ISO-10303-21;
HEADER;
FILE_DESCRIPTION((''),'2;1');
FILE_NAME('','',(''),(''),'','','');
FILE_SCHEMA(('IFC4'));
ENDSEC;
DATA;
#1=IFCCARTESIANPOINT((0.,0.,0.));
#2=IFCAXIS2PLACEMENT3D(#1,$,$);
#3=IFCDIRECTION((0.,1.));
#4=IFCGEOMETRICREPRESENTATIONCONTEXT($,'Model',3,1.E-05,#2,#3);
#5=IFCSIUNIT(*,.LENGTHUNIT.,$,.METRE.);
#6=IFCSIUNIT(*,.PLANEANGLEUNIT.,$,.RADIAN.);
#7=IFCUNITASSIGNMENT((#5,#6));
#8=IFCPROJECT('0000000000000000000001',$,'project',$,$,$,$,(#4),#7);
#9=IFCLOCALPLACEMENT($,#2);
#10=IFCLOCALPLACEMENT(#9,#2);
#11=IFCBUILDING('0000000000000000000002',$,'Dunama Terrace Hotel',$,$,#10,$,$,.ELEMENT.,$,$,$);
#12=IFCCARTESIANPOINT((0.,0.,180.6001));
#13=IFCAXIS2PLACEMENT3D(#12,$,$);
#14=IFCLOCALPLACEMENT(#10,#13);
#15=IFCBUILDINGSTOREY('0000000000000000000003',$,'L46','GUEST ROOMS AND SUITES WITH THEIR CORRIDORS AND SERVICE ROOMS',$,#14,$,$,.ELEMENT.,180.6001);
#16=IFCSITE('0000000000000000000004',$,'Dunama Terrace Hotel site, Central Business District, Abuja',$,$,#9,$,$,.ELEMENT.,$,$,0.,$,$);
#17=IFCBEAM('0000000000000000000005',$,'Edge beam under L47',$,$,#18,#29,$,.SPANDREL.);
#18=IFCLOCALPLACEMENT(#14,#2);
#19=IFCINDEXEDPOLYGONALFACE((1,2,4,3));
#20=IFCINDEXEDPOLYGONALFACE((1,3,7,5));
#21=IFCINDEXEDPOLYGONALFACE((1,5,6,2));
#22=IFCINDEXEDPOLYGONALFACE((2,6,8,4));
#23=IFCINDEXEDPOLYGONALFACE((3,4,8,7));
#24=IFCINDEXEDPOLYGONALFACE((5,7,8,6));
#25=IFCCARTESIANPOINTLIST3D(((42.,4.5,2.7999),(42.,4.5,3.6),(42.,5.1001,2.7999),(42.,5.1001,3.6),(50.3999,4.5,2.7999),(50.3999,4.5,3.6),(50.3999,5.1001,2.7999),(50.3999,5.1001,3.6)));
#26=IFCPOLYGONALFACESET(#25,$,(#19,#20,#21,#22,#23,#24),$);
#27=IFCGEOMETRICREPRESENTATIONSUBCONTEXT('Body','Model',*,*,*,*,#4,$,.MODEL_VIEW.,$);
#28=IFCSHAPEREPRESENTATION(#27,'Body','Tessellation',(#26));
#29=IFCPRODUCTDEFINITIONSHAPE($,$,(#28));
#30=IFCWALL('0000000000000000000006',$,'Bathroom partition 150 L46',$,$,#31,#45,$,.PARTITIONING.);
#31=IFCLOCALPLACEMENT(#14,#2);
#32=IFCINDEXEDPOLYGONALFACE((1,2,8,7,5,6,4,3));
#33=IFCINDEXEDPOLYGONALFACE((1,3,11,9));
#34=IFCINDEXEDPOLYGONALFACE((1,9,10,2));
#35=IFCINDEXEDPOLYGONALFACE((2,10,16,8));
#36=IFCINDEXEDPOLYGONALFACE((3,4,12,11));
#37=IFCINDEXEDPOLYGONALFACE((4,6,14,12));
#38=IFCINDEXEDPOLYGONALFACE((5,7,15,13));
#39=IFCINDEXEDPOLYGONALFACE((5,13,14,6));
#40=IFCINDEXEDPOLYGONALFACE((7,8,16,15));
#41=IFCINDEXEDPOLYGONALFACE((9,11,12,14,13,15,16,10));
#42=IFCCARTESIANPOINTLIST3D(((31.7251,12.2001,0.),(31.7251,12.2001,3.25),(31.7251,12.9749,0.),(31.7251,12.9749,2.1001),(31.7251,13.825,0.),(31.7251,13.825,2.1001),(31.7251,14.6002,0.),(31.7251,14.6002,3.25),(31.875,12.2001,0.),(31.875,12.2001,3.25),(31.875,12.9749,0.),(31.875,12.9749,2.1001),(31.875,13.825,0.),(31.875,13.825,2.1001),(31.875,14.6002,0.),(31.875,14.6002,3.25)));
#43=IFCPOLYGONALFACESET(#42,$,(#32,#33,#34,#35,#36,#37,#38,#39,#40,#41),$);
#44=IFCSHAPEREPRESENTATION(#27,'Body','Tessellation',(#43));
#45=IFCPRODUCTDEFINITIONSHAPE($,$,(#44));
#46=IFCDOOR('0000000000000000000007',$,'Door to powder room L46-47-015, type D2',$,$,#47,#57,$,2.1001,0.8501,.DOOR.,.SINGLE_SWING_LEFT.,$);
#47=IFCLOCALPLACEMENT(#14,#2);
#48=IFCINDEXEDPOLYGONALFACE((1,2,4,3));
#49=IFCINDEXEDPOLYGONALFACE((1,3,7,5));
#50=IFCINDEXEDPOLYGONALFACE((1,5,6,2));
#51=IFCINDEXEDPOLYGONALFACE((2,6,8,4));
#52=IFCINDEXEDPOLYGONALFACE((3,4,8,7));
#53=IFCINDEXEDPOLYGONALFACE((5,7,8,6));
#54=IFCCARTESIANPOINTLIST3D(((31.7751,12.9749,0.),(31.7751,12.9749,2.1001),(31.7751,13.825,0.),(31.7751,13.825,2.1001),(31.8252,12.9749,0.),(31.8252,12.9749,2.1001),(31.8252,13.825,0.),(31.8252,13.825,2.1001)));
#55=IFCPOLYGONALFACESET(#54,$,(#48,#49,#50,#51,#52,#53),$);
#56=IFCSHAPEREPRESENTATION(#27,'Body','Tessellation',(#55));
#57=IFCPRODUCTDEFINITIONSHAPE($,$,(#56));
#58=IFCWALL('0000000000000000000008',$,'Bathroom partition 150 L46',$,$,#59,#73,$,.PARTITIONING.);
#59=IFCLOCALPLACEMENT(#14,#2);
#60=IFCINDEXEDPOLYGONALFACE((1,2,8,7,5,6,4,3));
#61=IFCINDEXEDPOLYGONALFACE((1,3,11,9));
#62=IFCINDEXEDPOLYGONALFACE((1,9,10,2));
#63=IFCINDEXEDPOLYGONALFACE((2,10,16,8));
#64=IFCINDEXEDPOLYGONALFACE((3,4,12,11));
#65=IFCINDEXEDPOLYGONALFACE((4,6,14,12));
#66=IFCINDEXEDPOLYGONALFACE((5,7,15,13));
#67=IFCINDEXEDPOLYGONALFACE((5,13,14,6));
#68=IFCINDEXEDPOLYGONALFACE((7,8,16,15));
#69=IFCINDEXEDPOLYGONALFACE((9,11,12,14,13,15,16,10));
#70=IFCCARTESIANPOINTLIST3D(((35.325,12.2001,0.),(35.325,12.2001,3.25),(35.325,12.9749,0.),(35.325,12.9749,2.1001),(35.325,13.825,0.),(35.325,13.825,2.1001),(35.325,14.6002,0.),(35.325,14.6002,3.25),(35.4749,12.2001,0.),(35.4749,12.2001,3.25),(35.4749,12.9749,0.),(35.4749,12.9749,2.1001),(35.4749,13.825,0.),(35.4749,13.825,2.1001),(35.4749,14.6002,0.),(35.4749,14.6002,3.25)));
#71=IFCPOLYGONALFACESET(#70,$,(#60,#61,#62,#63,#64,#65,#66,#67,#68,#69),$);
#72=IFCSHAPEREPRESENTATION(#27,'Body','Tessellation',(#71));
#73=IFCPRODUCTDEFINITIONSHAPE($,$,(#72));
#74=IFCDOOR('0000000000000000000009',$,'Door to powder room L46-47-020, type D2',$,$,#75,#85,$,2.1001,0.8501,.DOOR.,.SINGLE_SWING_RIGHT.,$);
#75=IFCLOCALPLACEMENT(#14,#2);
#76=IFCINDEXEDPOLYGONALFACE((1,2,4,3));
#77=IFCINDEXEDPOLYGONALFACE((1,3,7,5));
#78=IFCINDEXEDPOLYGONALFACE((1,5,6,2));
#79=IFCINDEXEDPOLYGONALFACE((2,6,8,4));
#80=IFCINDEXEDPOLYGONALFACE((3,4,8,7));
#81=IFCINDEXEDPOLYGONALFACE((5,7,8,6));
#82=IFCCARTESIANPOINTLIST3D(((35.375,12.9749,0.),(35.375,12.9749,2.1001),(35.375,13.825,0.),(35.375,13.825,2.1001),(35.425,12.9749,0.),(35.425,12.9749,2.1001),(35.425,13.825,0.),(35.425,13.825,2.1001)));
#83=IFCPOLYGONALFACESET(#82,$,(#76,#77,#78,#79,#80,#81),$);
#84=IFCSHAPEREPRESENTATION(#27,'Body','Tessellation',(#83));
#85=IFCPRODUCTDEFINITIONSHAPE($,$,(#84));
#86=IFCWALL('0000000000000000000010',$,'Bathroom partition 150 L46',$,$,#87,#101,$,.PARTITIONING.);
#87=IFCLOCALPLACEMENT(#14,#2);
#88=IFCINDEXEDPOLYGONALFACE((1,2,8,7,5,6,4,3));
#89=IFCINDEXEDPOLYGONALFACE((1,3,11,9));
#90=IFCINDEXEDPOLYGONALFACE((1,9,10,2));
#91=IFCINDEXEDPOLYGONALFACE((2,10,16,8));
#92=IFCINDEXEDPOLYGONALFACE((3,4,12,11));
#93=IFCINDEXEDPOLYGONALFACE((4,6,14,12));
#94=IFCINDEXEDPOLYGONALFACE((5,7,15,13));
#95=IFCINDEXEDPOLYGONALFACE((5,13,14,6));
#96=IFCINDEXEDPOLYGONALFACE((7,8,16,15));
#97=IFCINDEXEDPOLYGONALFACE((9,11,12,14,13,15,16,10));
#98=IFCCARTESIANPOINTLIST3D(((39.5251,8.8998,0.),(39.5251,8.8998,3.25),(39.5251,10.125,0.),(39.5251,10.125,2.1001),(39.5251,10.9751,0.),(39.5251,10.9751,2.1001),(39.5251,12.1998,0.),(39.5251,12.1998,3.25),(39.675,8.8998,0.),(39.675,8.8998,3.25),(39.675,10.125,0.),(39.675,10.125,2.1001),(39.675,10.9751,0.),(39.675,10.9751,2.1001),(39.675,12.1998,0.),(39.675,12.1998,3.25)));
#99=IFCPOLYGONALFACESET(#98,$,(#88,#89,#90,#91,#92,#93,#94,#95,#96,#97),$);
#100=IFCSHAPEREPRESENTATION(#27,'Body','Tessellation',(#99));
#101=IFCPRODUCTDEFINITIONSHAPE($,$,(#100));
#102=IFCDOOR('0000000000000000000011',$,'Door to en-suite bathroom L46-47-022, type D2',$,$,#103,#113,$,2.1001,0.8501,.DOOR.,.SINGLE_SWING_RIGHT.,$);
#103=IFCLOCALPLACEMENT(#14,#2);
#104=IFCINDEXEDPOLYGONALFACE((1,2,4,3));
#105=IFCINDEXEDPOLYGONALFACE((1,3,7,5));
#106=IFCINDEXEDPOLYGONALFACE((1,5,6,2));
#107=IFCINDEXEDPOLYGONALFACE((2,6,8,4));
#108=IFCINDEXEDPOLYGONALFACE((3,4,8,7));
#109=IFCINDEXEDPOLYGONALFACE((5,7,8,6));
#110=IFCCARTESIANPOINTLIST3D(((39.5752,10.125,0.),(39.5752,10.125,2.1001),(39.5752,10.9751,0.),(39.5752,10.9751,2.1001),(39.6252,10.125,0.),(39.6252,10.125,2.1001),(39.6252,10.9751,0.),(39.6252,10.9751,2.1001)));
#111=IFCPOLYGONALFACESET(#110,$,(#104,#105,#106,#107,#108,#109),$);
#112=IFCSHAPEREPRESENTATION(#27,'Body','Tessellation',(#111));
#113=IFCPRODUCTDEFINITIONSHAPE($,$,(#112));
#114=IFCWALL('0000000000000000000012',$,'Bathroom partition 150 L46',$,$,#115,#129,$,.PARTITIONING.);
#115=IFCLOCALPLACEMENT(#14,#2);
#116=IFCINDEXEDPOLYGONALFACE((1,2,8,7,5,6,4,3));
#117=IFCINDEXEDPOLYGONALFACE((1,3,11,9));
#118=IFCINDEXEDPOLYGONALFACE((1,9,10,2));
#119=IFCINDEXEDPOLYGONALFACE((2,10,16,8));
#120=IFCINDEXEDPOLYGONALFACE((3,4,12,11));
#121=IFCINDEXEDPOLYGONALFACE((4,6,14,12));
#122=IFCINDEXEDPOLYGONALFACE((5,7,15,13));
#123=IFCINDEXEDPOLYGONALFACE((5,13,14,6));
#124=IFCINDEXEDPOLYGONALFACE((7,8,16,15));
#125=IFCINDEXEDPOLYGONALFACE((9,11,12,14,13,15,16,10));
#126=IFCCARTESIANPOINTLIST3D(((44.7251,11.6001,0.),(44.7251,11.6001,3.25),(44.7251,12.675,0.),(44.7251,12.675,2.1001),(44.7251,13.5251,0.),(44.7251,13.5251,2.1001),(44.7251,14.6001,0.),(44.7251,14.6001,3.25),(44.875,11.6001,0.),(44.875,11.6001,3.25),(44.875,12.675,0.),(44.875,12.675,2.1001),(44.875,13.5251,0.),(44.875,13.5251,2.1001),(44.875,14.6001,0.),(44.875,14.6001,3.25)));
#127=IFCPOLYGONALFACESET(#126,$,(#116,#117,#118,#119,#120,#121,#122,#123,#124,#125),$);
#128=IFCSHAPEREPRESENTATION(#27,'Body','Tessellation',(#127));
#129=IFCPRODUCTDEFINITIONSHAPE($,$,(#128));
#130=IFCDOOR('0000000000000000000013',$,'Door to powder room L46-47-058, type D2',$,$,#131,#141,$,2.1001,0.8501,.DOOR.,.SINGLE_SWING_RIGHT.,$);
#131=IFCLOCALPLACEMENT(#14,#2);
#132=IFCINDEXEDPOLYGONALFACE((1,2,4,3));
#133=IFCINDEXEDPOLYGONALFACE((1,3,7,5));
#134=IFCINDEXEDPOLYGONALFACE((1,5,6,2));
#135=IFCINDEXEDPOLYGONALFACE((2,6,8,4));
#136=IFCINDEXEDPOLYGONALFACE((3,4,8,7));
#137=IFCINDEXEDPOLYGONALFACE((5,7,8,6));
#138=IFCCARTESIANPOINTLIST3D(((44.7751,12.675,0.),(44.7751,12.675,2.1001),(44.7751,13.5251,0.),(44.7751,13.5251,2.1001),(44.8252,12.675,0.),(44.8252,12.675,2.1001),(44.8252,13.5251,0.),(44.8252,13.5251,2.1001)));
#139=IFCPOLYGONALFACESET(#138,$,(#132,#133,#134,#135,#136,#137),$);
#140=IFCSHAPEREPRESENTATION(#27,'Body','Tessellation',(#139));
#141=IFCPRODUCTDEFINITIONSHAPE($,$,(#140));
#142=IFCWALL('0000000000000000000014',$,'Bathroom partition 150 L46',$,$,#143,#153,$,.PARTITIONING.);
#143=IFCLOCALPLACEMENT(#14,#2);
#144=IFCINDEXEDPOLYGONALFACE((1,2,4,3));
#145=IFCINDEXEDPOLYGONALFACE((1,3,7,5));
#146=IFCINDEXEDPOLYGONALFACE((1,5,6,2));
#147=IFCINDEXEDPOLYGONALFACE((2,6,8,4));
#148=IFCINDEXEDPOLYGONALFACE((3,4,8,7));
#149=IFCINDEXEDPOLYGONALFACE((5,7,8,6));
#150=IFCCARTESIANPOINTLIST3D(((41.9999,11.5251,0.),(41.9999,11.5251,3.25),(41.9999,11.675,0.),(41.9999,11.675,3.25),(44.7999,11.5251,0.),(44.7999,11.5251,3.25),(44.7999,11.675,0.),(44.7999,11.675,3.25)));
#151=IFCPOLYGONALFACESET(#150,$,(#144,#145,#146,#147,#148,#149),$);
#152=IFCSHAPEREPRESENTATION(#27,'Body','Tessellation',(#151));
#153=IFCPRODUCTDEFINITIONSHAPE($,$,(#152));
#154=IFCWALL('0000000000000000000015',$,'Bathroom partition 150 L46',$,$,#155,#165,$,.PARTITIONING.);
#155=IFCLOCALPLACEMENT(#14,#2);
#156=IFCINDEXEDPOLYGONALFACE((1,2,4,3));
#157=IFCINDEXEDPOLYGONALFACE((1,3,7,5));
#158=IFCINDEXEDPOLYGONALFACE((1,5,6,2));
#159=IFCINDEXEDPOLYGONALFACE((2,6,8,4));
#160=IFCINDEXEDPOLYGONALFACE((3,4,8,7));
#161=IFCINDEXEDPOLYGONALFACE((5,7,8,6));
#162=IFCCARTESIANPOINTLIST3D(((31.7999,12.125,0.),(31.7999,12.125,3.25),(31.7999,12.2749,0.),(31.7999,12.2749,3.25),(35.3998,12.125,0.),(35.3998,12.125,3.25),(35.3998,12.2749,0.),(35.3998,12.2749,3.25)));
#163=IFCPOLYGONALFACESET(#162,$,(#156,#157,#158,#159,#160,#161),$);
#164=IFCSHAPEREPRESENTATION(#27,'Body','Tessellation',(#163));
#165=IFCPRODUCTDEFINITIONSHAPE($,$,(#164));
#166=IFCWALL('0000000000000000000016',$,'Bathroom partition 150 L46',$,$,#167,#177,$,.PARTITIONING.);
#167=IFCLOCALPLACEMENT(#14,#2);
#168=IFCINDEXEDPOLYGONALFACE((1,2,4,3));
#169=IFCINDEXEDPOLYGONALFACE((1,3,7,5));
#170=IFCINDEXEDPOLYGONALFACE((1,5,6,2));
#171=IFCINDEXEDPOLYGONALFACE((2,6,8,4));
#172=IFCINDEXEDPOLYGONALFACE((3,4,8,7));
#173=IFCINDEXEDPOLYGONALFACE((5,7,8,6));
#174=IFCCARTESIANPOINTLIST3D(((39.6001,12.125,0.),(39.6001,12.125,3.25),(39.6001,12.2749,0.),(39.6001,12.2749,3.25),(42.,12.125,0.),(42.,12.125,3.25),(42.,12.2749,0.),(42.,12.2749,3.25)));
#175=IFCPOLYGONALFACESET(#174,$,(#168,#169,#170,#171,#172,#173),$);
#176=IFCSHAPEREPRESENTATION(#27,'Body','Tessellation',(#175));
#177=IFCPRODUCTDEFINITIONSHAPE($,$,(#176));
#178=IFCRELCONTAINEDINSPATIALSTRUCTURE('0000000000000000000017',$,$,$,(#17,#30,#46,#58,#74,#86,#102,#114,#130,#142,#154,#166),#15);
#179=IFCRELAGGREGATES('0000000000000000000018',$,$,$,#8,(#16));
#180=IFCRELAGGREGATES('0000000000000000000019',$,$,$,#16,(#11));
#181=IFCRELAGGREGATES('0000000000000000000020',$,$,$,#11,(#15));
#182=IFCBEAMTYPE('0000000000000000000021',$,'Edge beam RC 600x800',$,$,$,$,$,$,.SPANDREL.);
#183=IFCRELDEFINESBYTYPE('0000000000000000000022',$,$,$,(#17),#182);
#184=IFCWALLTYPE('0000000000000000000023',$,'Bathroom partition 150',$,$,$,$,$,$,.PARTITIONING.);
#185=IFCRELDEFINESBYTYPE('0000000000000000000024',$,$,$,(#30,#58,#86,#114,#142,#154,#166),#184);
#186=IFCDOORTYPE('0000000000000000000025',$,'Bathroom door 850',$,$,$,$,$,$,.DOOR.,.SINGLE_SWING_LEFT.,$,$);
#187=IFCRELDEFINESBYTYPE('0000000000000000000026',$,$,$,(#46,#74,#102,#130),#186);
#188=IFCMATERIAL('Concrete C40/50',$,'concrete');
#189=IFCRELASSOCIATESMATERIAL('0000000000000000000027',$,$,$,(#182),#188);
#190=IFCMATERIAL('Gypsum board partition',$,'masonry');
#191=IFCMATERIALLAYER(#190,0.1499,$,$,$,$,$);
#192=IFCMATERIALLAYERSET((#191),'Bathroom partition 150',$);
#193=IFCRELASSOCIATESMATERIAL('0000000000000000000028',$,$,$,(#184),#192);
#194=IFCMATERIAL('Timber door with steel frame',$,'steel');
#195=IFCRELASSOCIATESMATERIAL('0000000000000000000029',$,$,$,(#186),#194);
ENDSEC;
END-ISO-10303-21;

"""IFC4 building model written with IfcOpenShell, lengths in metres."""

from ifc_helpers import new_model, si_unit, direction, frame, frame_2d, origin, origin_2d, place, context, subcontext, project, spatial, rectangle, extrude, material, layer, layer_set, material_profile, profile_set, type_object, element, fill, save


model = new_model("IFC4")

# Units and contexts
model_context = context("Model", 3, precision=1e-05, world=origin(), true_north=direction((0.0, 1.0)))
body_context = subcontext(model_context, "Body", "Model", "MODEL_VIEW")
ifc_project = project(units=[si_unit("LENGTHUNIT", "METRE"), si_unit("PLANEANGLEUNIT", "RADIAN")], contexts=[model_context])

# Site, building, storey
site_placement = place(None, origin())
site = spatial("IfcSite", under=ifc_project, at=site_placement, Name="Dunama Terrace Hotel site, Central Business District, Abuja", CompositionType="ELEMENT", RefElevation=0.0)
building_placement = place(site_placement, origin())
building = spatial("IfcBuilding", under=site, at=building_placement, Name="Dunama Terrace Hotel", CompositionType="ELEMENT")
storey_placement = place(building_placement, frame((0.0, 0.0, 180.6001)))
storey = spatial("IfcBuildingStorey", under=building, at=storey_placement, Name="L46", Description="GUEST ROOMS AND SUITES WITH THEIR CORRIDORS AND SERVICE ROOMS", CompositionType="ELEMENT", Elevation=180.6001)

# Beam
ifc_material_1 = material(Name="Concrete C40/50", Category="concrete")
ifc_material_profile = material_profile(ifc_material_1, rectangle(XDim=0.6001, YDim=0.8, at=origin_2d()), Name="RC 600x800")
ifc_profile_set = profile_set([ifc_material_profile], Name="Concrete C40/50")
beam_type = type_object("IfcBeamType", Name="Edge beam RC 600x800", PredefinedType="SPANDREL", material=ifc_profile_set)
beam_placement = place(storey_placement, frame((42.0, 4.8, 3.2), z_axis=(1.0, 0.0, 0.0), x_axis=(0.0, 1.0, 0.0)))
element("IfcBeam", 1, at=beam_placement, inside=storey, type_object=beam_type, Name="Edge beam under L47", PredefinedType="SPANDREL", context=body_context, shape_type="SweptSolid", body=[
    extrude(rectangle(XDim=0.6001, YDim=0.8, at=origin_2d()), origin(), (0.0, 0.0, 1.0), 8.3999),
])

# Walls, openings, doors
ifc_material_2 = material(Name="Gypsum board partition", Category="masonry")
ifc_layer_1 = layer(ifc_material_2, 0.1499)
ifc_layer_set_1 = layer_set([ifc_layer_1], Name="Bathroom partition 150")
wall_type_1 = type_object("IfcWallType", Name="Bathroom partition 150", PredefinedType="PARTITIONING", material=ifc_layer_set_1)
wall_1_placement = place(storey_placement, frame((31.8, 12.2, 0.0), z_axis=(0.0, 0.0, 1.0), x_axis=(0.0, 1.0, 0.0)))
wall_1 = element("IfcWall", 2, at=wall_1_placement, inside=storey, type_object=wall_type_1, Name="Bathroom partition 150 L46", PredefinedType="PARTITIONING", context=body_context, shape_type="SweptSolid", body=[
    extrude(rectangle(XDim=2.4001, YDim=0.1499, at=frame_2d((1.2002, 0.0))), origin(), (0.0, 0.0, 1.0), 3.25),
])
opening_1_placement = place(wall_1_placement, frame((0.7749, 0.0, 0.0)))
opening_1 = element("IfcOpeningElement", 3, at=opening_1_placement, cuts=wall_1, PredefinedType="OPENING", context=body_context, shape_type="SweptSolid", body=[
    extrude(rectangle(XDim=0.8501, YDim=2.1001, at=frame_2d((0.425, 1.05))), frame((0.0, 0.085, 0.0), z_axis=(0.0, -1.0, 0.0), x_axis=(1.0, 0.0, 0.0)), (0.0, 0.0, 1.0), 0.1699),
])
ifc_material_3 = material(Name="Timber door with steel frame", Category="steel")
door_type_1 = type_object("IfcDoorType", Name="Bathroom door 850", OperationType="SINGLE_SWING_LEFT", PredefinedType="DOOR", material=ifc_material_3)
door_1_placement = place(opening_1_placement, frame((0.8501, 0.0, 0.0), z_axis=(0.0, 0.0, 1.0), x_axis=(-1.0, 0.0, 0.0)))
door_1 = element("IfcDoor", 4, at=door_1_placement, inside=storey, type_object=door_type_1, Name="Door to powder room L46-47-015, type D2", OperationType="SINGLE_SWING_LEFT", OverallHeight=2.1001, OverallWidth=0.8501, PredefinedType="DOOR", context=body_context, shape_type="SweptSolid", body=[
    extrude(rectangle(XDim=0.8501, YDim=2.1001, at=frame_2d((0.425, 1.05))), frame((0.0, 0.0251, 0.0), z_axis=(0.0, -1.0, 0.0), x_axis=(1.0, 0.0, 0.0)), (0.0, 0.0, 1.0), 0.05),
])
fill(opening_1, door_1)
wall_2_placement = place(storey_placement, frame((35.3999, 12.2, 0.0), z_axis=(0.0, 0.0, 1.0), x_axis=(0.0, 1.0, 0.0)))
wall_2 = element("IfcWall", 5, at=wall_2_placement, inside=storey, type_object=wall_type_1, Name="Bathroom partition 150 L46", PredefinedType="PARTITIONING", context=body_context, shape_type="SweptSolid", body=[
    extrude(rectangle(XDim=2.4001, YDim=0.1499, at=frame_2d((1.2002, 0.0))), origin(), (0.0, 0.0, 1.0), 3.25),
])
opening_2_placement = place(wall_2_placement, frame((0.7749, 0.0, 0.0)))
opening_2 = element("IfcOpeningElement", 6, at=opening_2_placement, cuts=wall_2, PredefinedType="OPENING", context=body_context, shape_type="SweptSolid", body=[
    extrude(rectangle(XDim=0.8501, YDim=2.1001, at=frame_2d((0.425, 1.05))), frame((0.0, 0.085, 0.0), z_axis=(0.0, -1.0, 0.0), x_axis=(1.0, 0.0, 0.0)), (0.0, 0.0, 1.0), 0.1699),
])
door_2_placement = place(opening_2_placement, origin())
door_2 = element("IfcDoor", 7, at=door_2_placement, inside=storey, type_object=door_type_1, Name="Door to powder room L46-47-020, type D2", OperationType="SINGLE_SWING_RIGHT", OverallHeight=2.1001, OverallWidth=0.8501, PredefinedType="DOOR", context=body_context, shape_type="SweptSolid", body=[
    extrude(rectangle(XDim=0.8501, YDim=2.1001, at=frame_2d((0.425, 1.05))), frame((0.0, 0.0249, 0.0), z_axis=(0.0, -1.0, 0.0), x_axis=(1.0, 0.0, 0.0)), (0.0, 0.0, 1.0), 0.05),
])
fill(opening_2, door_2)
wall_3_placement = place(storey_placement, frame((39.6001, 8.8999, 0.0), z_axis=(0.0, 0.0, 1.0), x_axis=(0.0, 1.0, 0.0)))
wall_3 = element("IfcWall", 8, at=wall_3_placement, inside=storey, type_object=wall_type_1, Name="Bathroom partition 150 L46", PredefinedType="PARTITIONING", context=body_context, shape_type="SweptSolid", body=[
    extrude(rectangle(XDim=3.3, YDim=0.1499, at=frame_2d((1.6499, 0.0))), origin(), (0.0, 0.0, 1.0), 3.25),
])
opening_3_placement = place(wall_3_placement, frame((1.2251, 0.0, 0.0)))
opening_3 = element("IfcOpeningElement", 9, at=opening_3_placement, cuts=wall_3, PredefinedType="OPENING", context=body_context, shape_type="SweptSolid", body=[
    extrude(rectangle(XDim=0.8501, YDim=2.1001, at=frame_2d((0.425, 1.05))), frame((0.0, 0.085, 0.0), z_axis=(0.0, -1.0, 0.0), x_axis=(1.0, 0.0, 0.0)), (0.0, 0.0, 1.0), 0.1699),
])
door_3_placement = place(opening_3_placement, frame((0.8501, 0.0, 0.0), z_axis=(0.0, 0.0, 1.0), x_axis=(-1.0, 0.0, 0.0)))
door_3 = element("IfcDoor", 10, at=door_3_placement, inside=storey, type_object=door_type_1, Name="Door to en-suite bathroom L46-47-022, type D2", OperationType="SINGLE_SWING_RIGHT", OverallHeight=2.1001, OverallWidth=0.8501, PredefinedType="DOOR", context=body_context, shape_type="SweptSolid", body=[
    extrude(rectangle(XDim=0.8501, YDim=2.1001, at=frame_2d((0.425, 1.05))), frame((0.0, 0.0251, 0.0), z_axis=(0.0, -1.0, 0.0), x_axis=(1.0, 0.0, 0.0)), (0.0, 0.0, 1.0), 0.05),
])
fill(opening_3, door_3)
wall_4_placement = place(storey_placement, frame((44.8, 11.6001, 0.0), z_axis=(0.0, 0.0, 1.0), x_axis=(0.0, 1.0, 0.0)))
wall_4 = element("IfcWall", 11, at=wall_4_placement, inside=storey, type_object=wall_type_1, Name="Bathroom partition 150 L46", PredefinedType="PARTITIONING", context=body_context, shape_type="SweptSolid", body=[
    extrude(rectangle(XDim=3.0, YDim=0.1499, at=frame_2d((1.5, 0.0))), origin(), (0.0, 0.0, 1.0), 3.25),
])
opening_4_placement = place(wall_4_placement, frame((1.075, 0.0, 0.0)))
opening_4 = element("IfcOpeningElement", 12, at=opening_4_placement, cuts=wall_4, PredefinedType="OPENING", context=body_context, shape_type="SweptSolid", body=[
    extrude(rectangle(XDim=0.8501, YDim=2.1001, at=frame_2d((0.425, 1.05))), frame((0.0, 0.085, 0.0), z_axis=(0.0, -1.0, 0.0), x_axis=(1.0, 0.0, 0.0)), (0.0, 0.0, 1.0), 0.1699),
])
door_4_placement = place(opening_4_placement, origin())
door_4 = element("IfcDoor", 13, at=door_4_placement, inside=storey, type_object=door_type_1, Name="Door to powder room L46-47-058, type D2", OperationType="SINGLE_SWING_RIGHT", OverallHeight=2.1001, OverallWidth=0.8501, PredefinedType="DOOR", context=body_context, shape_type="SweptSolid", body=[
    extrude(rectangle(XDim=0.8501, YDim=2.1001, at=frame_2d((0.425, 1.05))), frame((0.0, 0.0249, 0.0), z_axis=(0.0, -1.0, 0.0), x_axis=(1.0, 0.0, 0.0)), (0.0, 0.0, 1.0), 0.05),
])
fill(opening_4, door_4)

# Walls
wall_5_placement = place(storey_placement, frame((42.0, 11.6001, 0.0), z_axis=(0.0, 0.0, 1.0), x_axis=(1.0, 0.0, 0.0)))
element("IfcWall", 14, at=wall_5_placement, inside=storey, type_object=wall_type_1, Name="Bathroom partition 150 L46", PredefinedType="PARTITIONING", context=body_context, shape_type="SweptSolid", body=[
    extrude(rectangle(XDim=2.8, YDim=0.1499, at=frame_2d((1.3999, 0.0))), origin(), (0.0, 0.0, 1.0), 3.25),
])
wall_6_placement = place(storey_placement, frame((31.8, 12.2, 0.0), z_axis=(0.0, 0.0, 1.0), x_axis=(1.0, 0.0, 0.0)))
element("IfcWall", 15, at=wall_6_placement, inside=storey, type_object=wall_type_1, Name="Bathroom partition 150 L46", PredefinedType="PARTITIONING", context=body_context, shape_type="SweptSolid", body=[
    extrude(rectangle(XDim=3.5999, YDim=0.1499, at=frame_2d((1.7998, 0.0))), origin(), (0.0, 0.0, 1.0), 3.25),
])
wall_7_placement = place(storey_placement, frame((39.6001, 12.2, 0.0), z_axis=(0.0, 0.0, 1.0), x_axis=(1.0, 0.0, 0.0)))
element("IfcWall", 16, at=wall_7_placement, inside=storey, type_object=wall_type_1, Name="Bathroom partition 150 L46", PredefinedType="PARTITIONING", context=body_context, shape_type="SweptSolid", body=[
    extrude(rectangle(XDim=2.3999, YDim=0.1499, at=frame_2d((1.2, 0.0))), origin(), (0.0, 0.0, 1.0), 3.25),
])

save(model, "model.ifc")
